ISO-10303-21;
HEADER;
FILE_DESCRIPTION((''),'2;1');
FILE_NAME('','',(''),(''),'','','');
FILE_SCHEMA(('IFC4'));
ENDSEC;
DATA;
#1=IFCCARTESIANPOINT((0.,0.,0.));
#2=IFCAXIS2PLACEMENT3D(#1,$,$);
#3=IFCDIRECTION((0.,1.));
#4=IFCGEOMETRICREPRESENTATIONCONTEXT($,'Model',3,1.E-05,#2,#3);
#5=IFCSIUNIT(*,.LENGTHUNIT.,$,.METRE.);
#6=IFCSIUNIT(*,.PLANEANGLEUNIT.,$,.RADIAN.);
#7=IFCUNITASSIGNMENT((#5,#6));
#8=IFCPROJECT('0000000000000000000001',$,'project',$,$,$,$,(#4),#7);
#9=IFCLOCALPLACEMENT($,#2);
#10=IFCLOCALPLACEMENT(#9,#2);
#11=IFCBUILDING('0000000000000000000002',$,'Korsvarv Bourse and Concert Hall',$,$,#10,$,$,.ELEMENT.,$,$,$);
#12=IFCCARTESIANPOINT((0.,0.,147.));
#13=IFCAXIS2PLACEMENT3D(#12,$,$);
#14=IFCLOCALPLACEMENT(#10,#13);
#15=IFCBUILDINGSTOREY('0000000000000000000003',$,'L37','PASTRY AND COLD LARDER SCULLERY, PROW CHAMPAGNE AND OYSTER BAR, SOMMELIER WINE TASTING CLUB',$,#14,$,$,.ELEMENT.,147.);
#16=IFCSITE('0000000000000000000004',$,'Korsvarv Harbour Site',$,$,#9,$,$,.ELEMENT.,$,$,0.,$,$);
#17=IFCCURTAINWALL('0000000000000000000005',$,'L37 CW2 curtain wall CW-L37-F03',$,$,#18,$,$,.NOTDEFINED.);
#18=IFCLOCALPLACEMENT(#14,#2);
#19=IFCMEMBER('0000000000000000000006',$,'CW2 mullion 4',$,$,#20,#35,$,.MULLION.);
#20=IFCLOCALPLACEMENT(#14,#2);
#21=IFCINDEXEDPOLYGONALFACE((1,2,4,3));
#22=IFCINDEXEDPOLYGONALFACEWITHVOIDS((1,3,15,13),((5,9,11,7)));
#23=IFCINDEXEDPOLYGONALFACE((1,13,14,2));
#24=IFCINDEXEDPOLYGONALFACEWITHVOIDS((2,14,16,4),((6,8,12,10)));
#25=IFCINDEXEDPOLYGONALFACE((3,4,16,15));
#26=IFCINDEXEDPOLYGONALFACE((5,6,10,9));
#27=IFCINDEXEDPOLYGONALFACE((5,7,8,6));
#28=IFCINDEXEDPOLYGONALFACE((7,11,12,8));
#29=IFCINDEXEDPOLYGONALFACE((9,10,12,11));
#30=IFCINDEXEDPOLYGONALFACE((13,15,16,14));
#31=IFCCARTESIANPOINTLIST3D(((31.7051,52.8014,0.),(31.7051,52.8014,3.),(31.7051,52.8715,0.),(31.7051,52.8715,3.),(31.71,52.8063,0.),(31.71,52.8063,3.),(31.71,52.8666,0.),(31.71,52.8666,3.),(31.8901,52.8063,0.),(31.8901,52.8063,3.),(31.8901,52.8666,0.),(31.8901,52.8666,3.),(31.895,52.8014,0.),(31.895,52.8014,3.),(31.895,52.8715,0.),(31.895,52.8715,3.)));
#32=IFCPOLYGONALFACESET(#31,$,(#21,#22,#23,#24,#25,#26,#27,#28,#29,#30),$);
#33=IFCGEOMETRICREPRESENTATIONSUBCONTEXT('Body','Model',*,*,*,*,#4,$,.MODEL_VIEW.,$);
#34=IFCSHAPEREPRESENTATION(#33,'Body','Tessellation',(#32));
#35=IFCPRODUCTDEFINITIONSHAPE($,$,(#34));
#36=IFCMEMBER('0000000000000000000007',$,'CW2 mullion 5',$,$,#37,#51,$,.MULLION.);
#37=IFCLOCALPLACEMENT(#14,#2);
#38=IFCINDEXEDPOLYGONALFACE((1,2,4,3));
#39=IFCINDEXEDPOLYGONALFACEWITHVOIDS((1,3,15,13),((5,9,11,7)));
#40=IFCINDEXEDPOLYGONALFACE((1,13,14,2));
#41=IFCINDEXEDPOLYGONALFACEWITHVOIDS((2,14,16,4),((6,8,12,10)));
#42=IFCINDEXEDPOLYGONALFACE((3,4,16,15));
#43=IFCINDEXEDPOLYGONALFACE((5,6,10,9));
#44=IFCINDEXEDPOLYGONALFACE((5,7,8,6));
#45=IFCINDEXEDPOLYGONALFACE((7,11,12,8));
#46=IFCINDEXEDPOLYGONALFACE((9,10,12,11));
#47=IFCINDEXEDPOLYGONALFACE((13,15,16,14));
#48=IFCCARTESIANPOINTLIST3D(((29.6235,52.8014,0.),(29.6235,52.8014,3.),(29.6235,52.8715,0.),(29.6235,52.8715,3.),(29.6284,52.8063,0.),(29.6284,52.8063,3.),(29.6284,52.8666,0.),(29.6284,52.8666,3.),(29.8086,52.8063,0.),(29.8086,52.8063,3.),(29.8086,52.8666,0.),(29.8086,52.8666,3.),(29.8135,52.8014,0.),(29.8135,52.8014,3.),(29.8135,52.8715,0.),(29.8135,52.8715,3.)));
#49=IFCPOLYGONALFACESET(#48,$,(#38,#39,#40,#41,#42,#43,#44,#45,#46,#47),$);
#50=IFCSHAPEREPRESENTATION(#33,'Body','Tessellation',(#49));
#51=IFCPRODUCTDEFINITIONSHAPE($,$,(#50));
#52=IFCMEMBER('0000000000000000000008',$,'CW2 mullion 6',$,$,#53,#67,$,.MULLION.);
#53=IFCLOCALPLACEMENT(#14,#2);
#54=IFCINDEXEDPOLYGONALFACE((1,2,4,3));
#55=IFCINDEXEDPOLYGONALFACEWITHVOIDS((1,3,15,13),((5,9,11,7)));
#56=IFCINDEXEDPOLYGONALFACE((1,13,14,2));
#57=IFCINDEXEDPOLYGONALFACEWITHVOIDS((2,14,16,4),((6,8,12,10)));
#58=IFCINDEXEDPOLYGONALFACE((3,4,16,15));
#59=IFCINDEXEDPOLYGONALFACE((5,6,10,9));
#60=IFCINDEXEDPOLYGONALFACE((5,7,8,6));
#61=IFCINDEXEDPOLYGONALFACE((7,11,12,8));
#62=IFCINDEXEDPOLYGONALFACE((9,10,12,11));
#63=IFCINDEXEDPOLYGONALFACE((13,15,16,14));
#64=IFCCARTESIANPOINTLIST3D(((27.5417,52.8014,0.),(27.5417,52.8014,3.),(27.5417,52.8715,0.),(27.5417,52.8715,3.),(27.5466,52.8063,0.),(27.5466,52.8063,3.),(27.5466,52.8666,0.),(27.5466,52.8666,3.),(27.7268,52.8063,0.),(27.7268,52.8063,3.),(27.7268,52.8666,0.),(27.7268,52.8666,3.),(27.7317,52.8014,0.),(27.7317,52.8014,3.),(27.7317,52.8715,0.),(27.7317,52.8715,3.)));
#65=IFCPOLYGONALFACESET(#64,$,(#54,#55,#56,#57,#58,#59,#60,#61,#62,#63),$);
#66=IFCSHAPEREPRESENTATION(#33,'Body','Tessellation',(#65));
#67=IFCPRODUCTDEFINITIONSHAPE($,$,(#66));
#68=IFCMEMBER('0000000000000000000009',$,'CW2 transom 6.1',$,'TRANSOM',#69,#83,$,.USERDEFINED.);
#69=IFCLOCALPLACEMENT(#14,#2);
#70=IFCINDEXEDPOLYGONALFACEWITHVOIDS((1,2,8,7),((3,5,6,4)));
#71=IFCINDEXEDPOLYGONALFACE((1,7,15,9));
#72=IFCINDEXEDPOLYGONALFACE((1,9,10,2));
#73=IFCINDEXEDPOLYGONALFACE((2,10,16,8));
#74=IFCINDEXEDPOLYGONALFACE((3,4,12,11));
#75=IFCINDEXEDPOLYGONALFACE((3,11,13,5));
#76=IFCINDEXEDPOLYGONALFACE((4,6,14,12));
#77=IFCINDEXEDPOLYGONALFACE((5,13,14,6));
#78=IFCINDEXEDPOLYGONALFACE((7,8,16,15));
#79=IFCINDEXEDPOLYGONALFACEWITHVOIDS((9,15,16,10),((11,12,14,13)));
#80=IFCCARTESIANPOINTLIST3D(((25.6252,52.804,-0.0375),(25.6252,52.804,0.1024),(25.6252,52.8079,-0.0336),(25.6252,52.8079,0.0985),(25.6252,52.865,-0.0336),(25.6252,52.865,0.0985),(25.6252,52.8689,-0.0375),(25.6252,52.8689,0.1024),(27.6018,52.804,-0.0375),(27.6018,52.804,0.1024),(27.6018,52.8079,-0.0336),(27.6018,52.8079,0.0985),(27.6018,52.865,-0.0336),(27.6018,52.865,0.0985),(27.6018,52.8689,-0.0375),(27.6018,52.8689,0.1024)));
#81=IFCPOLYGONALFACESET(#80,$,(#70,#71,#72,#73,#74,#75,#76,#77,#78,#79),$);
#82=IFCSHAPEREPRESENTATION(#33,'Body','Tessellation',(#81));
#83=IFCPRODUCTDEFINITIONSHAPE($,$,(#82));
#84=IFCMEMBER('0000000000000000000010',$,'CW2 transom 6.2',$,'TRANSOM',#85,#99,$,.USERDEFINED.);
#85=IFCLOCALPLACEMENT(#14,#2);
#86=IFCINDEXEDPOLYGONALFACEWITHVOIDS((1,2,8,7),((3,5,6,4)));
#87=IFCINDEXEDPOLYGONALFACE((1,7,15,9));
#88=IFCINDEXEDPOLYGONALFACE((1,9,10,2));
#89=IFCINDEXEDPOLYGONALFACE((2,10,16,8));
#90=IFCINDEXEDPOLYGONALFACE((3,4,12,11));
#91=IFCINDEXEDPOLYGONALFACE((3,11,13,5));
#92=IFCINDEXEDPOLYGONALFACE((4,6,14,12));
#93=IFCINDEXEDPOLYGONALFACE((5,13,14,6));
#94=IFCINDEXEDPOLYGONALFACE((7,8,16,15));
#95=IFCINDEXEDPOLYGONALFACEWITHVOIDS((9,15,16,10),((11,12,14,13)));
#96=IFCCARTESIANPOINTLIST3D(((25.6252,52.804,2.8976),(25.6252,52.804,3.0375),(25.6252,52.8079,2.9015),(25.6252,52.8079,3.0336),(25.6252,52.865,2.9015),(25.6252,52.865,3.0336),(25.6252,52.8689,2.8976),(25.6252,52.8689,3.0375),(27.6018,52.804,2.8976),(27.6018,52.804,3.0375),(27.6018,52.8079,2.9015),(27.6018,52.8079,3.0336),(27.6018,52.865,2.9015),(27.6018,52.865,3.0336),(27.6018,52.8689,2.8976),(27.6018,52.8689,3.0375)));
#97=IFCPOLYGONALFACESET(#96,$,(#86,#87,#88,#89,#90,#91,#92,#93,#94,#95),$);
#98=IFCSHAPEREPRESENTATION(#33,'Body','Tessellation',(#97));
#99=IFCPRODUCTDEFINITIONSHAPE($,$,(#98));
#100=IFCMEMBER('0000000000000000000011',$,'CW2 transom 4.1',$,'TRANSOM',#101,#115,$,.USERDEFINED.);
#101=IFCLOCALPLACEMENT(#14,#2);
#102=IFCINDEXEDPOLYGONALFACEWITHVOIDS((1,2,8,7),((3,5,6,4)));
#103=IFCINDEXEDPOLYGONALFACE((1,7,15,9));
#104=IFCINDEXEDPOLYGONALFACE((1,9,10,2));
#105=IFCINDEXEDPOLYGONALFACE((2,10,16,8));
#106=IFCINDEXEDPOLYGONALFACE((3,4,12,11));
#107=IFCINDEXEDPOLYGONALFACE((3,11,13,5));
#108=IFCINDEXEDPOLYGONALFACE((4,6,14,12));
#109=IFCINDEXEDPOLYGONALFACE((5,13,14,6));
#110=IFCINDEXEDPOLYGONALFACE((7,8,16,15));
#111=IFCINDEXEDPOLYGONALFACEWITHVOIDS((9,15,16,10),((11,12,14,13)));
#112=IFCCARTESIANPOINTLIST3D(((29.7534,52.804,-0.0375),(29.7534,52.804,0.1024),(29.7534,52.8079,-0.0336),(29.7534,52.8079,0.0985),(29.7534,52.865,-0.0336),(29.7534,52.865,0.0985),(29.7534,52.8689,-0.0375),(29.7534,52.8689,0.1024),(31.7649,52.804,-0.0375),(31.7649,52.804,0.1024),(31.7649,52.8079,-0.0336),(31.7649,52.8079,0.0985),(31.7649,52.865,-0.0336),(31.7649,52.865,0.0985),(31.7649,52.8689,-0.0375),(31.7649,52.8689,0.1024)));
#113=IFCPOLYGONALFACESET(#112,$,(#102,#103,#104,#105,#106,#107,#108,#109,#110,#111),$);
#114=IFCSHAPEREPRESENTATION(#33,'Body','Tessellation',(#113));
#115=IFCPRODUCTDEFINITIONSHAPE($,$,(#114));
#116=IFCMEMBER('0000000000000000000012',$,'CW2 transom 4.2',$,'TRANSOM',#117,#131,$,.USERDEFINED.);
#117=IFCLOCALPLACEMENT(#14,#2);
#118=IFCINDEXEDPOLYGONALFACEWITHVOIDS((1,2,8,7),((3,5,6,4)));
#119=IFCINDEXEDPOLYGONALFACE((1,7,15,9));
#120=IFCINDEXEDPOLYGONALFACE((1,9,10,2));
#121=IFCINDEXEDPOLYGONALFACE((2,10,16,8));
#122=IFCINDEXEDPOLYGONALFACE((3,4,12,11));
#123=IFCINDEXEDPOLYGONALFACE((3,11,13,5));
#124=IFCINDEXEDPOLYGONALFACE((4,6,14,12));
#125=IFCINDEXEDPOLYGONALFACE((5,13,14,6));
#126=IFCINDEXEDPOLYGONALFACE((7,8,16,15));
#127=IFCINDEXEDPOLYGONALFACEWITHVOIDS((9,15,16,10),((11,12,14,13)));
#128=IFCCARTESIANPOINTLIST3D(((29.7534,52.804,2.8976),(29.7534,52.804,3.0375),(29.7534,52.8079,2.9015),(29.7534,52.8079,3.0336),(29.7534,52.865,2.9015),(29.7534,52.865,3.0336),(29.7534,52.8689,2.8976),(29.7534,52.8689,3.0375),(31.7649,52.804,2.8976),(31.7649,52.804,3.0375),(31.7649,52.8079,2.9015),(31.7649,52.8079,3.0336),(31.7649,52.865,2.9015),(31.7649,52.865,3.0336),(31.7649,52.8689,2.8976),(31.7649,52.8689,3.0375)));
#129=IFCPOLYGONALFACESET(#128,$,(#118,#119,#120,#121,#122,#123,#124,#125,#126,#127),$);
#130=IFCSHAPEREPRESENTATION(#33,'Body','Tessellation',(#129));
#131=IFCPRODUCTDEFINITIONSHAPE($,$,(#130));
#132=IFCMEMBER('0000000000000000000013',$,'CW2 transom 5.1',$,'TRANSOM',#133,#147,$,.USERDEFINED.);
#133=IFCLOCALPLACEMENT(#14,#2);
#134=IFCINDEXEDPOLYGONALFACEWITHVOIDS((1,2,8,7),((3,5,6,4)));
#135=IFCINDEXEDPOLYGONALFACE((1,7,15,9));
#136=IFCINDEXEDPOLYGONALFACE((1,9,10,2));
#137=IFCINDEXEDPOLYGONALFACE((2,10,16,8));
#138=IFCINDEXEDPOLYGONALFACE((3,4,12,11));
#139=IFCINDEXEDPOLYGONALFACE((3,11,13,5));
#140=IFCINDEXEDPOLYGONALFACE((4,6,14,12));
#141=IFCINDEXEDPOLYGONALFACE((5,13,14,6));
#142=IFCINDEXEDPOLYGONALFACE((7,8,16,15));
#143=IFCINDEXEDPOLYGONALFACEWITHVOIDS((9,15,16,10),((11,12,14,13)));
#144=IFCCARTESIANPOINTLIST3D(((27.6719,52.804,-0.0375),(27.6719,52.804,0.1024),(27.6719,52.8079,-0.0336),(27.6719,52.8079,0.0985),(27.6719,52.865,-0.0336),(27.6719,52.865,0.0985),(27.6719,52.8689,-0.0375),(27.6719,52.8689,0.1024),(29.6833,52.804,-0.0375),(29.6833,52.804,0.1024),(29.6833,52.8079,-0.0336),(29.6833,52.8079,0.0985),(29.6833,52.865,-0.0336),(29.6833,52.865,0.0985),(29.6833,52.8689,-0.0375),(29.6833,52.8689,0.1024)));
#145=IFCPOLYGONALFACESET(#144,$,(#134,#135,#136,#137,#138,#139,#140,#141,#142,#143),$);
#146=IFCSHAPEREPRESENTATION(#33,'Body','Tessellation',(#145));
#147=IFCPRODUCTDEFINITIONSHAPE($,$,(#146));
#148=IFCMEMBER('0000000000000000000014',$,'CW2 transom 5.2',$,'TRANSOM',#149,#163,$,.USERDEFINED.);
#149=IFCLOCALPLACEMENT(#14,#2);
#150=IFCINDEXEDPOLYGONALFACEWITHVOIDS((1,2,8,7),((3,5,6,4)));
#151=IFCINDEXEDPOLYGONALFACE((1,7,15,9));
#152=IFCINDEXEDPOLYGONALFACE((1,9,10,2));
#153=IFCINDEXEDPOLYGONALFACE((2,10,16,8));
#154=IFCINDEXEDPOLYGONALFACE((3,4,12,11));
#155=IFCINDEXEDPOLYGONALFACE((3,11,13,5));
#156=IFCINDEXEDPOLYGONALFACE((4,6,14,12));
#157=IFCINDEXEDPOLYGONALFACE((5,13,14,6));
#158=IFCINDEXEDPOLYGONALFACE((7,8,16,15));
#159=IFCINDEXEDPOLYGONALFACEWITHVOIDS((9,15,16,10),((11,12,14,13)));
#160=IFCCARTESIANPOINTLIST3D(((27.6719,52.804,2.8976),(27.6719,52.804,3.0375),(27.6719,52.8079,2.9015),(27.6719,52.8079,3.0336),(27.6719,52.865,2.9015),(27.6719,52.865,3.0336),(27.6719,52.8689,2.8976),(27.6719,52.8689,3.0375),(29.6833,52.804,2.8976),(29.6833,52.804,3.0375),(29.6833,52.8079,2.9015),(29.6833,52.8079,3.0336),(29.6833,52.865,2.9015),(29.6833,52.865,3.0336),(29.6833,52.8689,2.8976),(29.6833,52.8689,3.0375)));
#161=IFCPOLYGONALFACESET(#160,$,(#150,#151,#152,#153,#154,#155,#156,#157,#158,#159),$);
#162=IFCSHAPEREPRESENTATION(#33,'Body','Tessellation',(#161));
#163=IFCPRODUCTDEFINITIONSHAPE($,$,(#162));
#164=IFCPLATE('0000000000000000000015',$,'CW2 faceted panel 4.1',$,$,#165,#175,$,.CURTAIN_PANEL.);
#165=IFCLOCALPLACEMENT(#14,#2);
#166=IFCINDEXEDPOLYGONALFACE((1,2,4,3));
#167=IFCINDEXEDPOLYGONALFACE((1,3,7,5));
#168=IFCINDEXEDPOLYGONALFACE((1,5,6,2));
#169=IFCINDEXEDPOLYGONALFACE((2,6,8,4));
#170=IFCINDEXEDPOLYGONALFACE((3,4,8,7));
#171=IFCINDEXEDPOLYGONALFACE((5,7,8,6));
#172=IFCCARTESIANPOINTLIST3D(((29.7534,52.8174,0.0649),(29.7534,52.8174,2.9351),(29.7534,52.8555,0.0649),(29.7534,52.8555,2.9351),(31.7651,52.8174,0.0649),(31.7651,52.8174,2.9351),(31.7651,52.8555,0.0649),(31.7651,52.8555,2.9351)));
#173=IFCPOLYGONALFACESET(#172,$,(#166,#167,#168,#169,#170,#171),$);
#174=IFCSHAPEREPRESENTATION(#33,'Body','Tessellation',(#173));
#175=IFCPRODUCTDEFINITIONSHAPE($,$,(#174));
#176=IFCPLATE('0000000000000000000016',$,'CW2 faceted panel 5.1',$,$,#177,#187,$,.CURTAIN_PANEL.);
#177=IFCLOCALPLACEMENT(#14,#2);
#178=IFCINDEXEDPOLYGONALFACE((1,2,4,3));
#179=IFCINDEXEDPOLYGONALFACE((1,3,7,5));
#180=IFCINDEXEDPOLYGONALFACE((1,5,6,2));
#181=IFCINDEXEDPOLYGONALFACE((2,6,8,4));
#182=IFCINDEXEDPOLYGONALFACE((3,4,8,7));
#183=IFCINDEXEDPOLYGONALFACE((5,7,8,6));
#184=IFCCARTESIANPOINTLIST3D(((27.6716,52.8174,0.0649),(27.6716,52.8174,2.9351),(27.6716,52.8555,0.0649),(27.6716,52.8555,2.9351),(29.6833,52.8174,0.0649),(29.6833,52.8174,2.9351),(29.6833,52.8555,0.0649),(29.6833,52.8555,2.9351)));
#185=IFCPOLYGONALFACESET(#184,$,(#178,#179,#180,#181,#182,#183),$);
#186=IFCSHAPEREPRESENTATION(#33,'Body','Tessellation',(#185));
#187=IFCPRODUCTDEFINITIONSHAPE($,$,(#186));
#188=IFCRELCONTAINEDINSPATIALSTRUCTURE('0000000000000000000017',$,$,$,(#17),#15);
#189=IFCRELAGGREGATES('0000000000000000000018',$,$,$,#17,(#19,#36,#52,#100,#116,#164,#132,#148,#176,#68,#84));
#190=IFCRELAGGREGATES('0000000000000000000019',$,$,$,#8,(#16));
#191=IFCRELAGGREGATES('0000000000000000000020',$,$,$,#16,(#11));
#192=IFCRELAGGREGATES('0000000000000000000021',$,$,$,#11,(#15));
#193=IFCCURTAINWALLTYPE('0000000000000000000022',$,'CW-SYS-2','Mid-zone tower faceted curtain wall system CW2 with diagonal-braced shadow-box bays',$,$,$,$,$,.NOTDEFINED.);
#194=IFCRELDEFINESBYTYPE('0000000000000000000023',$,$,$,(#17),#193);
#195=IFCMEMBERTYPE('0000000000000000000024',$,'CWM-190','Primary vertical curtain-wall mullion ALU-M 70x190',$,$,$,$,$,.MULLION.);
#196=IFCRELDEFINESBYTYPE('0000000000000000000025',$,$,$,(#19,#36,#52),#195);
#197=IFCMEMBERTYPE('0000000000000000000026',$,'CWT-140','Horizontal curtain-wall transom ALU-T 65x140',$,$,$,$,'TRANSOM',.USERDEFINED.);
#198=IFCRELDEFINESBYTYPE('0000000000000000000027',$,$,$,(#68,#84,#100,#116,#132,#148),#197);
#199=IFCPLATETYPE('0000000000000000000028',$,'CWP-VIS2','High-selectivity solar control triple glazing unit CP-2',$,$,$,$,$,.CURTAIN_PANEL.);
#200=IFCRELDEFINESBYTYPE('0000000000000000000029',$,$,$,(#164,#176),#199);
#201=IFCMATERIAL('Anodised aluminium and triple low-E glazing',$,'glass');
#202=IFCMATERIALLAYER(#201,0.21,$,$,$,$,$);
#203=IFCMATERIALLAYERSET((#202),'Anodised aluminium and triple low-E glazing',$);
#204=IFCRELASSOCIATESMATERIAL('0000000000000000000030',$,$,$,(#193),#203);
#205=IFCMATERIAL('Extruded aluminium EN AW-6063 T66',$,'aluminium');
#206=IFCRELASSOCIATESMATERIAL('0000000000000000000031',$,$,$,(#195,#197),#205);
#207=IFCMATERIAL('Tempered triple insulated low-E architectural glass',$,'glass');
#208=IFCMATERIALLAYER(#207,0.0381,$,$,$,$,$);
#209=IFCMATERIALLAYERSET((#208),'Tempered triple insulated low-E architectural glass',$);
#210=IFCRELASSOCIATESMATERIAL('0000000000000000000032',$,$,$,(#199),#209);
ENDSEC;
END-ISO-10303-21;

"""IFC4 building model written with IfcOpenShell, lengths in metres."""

from ifc_helpers import new_model, si_unit, direction, frame, origin, origin_2d, place, context, subcontext, project, spatial, rectangle, hollow_rectangle, extrude, source, transform, mapped, material, layer, layer_set, material_profile, profile_set, type_object, element, aggregate, save


model = new_model("IFC4")

# Units and contexts
model_context = context("Model", 3, precision=1e-05, world=origin(), true_north=direction((0.0, 1.0)))
body_context = subcontext(model_context, "Body", "Model", "MODEL_VIEW")
ifc_project = project(units=[si_unit("LENGTHUNIT", "METRE"), si_unit("PLANEANGLEUNIT", "RADIAN")], contexts=[model_context])

# Site, building, storey
site_placement = place(None, origin())
site = spatial("IfcSite", under=ifc_project, at=site_placement, Name="Korsvarv Harbour Site", CompositionType="ELEMENT", RefElevation=0.0)
building_placement = place(site_placement, origin())
building = spatial("IfcBuilding", under=site, at=building_placement, Name="Korsvarv Bourse and Concert Hall", CompositionType="ELEMENT")
storey_placement = place(building_placement, frame((0.0, 0.0, 147.0)))
storey = spatial("IfcBuildingStorey", under=building, at=storey_placement, Name="L37", Description="PASTRY AND COLD LARDER SCULLERY, PROW CHAMPAGNE AND OYSTER BAR, SOMMELIER WINE TASTING CLUB", CompositionType="ELEMENT", Elevation=147.0)

# Curtain wall, members, plates
ifc_material_1 = material(Name="Anodised aluminium and triple low-E glazing", Category="glass")
ifc_layer_1 = layer(ifc_material_1, 0.21)
ifc_layer_set_1 = layer_set([ifc_layer_1], Name="Anodised aluminium and triple low-E glazing")
curtain_wall_type = type_object("IfcCurtainWallType", Name="CW-SYS-2", Description="Mid-zone tower faceted curtain wall system CW2 with diagonal-braced shadow-box bays", PredefinedType="NOTDEFINED", material=ifc_layer_set_1)
curtain_wall_placement = place(storey_placement, origin())
curtain_wall = element("IfcCurtainWall", 1, at=curtain_wall_placement, inside=storey, type_object=curtain_wall_type, Name="L37 CW2 curtain wall CW-L37-F03", PredefinedType="NOTDEFINED")
ifc_material_2 = material(Name="Extruded aluminium EN AW-6063 T66", Category="aluminium")
ifc_material_profile_1 = material_profile(ifc_material_2, hollow_rectangle(XDim=0.0701, YDim=0.1899, WallThickness=0.0049, at=origin_2d()), Name="ALU-M 70x190")
ifc_profile_set_1 = profile_set([ifc_material_profile_1], Name="Extruded aluminium EN AW-6063 T66")
member_type_1 = type_object("IfcMemberType", Name="CWM-190", Description="Primary vertical curtain-wall mullion ALU-M 70x190", PredefinedType="MULLION", material=ifc_profile_set_1)
shared_shape_1 = source(origin(), body_context, "Body", "SweptSolid", [
    extrude(hollow_rectangle(XDim=0.0701, YDim=0.1899, WallThickness=0.0049, at=origin_2d()), origin(), (0.0, 0.0, 1.0), 3.0),
])
member_1_placement = place(storey_placement, frame((31.8, 52.8364, 0.0), z_axis=(0.0, 0.0, 1.0), x_axis=(0.0, -1.0, 0.0)))
member_1 = element("IfcMember", 2, at=member_1_placement, type_object=member_type_1, Name="CW2 mullion 4", PredefinedType="MULLION", context=body_context, shape_type="MappedRepresentation", body=[
    mapped(shared_shape_1, transform((0.0, 0.0, 0.0), scale=1.0)),
])
member_2_placement = place(storey_placement, frame((29.7185, 52.8364, 0.0), z_axis=(0.0, 0.0, 1.0), x_axis=(0.0, -1.0, 0.0)))
member_2 = element("IfcMember", 3, at=member_2_placement, type_object=member_type_1, Name="CW2 mullion 5", PredefinedType="MULLION", context=body_context, shape_type="MappedRepresentation", body=[
    mapped(shared_shape_1, transform((0.0, 0.0, 0.0), scale=1.0)),
])
member_3_placement = place(storey_placement, frame((27.6367, 52.8364, 0.0), z_axis=(0.0, 0.0, 1.0), x_axis=(0.0, -1.0, 0.0)))
member_3 = element("IfcMember", 4, at=member_3_placement, type_object=member_type_1, Name="CW2 mullion 6", PredefinedType="MULLION", context=body_context, shape_type="MappedRepresentation", body=[
    mapped(shared_shape_1, transform((0.0, 0.0, 0.0), scale=1.0)),
])
ifc_material_profile_2 = material_profile(ifc_material_2, hollow_rectangle(XDim=0.0649, YDim=0.1399, WallThickness=0.0039, at=origin_2d()), Name="ALU-T 65x140")
ifc_profile_set_2 = profile_set([ifc_material_profile_2], Name="Extruded aluminium EN AW-6063 T66")
member_type_2 = type_object("IfcMemberType", Name="CWT-140", Description="Horizontal curtain-wall transom ALU-T 65x140", ElementType="TRANSOM", PredefinedType="USERDEFINED", material=ifc_profile_set_2)
shared_shape_2 = source(origin(), body_context, "Body", "SweptSolid", [
    extrude(hollow_rectangle(XDim=0.0649, YDim=0.1399, WallThickness=0.0039, at=origin_2d()), origin(), (0.0, 0.0, 1.0), 1.9766),
])
member_4_placement = place(storey_placement, frame((27.6018, 52.8364, 0.0325), z_axis=(-1.0, 0.0, 0.0), x_axis=(0.0, -1.0, 0.0)))
member_4 = element("IfcMember", 5, at=member_4_placement, type_object=member_type_2, Name="CW2 transom 6.1", ObjectType="TRANSOM", PredefinedType="USERDEFINED", context=body_context, shape_type="MappedRepresentation", body=[
    mapped(shared_shape_2, transform((0.0, 0.0, 0.0), scale=1.0)),
])
member_5_placement = place(storey_placement, frame((27.6018, 52.8364, 2.9675), z_axis=(-1.0, 0.0, 0.0), x_axis=(0.0, -1.0, 0.0)))
member_5 = element("IfcMember", 6, at=member_5_placement, type_object=member_type_2, Name="CW2 transom 6.2", ObjectType="TRANSOM", PredefinedType="USERDEFINED", context=body_context, shape_type="MappedRepresentation", body=[
    mapped(shared_shape_2, transform((0.0, 0.0, 0.0), scale=1.0)),
])
shared_shape_3 = source(origin(), body_context, "Body", "SweptSolid", [
    extrude(hollow_rectangle(XDim=0.0649, YDim=0.1399, WallThickness=0.0039, at=origin_2d()), origin(), (0.0, 0.0, 1.0), 2.0115),
])
member_6_placement = place(storey_placement, frame((31.7649, 52.8364, 0.0325), z_axis=(-1.0, 0.0, 0.0), x_axis=(0.0, -1.0, 0.0)))
member_6 = element("IfcMember", 7, at=member_6_placement, type_object=member_type_2, Name="CW2 transom 4.1", ObjectType="TRANSOM", PredefinedType="USERDEFINED", context=body_context, shape_type="MappedRepresentation", body=[
    mapped(shared_shape_3, transform((0.0, 0.0, 0.0), scale=1.0)),
])
member_7_placement = place(storey_placement, frame((31.7649, 52.8364, 2.9675), z_axis=(-1.0, 0.0, 0.0), x_axis=(0.0, -1.0, 0.0)))
member_7 = element("IfcMember", 8, at=member_7_placement, type_object=member_type_2, Name="CW2 transom 4.2", ObjectType="TRANSOM", PredefinedType="USERDEFINED", context=body_context, shape_type="MappedRepresentation", body=[
    mapped(shared_shape_3, transform((0.0, 0.0, 0.0), scale=1.0)),
])
member_8_placement = place(storey_placement, frame((29.6833, 52.8364, 0.0325), z_axis=(-1.0, 0.0, 0.0), x_axis=(0.0, -1.0, 0.0)))
member_8 = element("IfcMember", 9, at=member_8_placement, type_object=member_type_2, Name="CW2 transom 5.1", ObjectType="TRANSOM", PredefinedType="USERDEFINED", context=body_context, shape_type="MappedRepresentation", body=[
    mapped(shared_shape_3, transform((0.0, 0.0, 0.0), scale=1.0)),
])
member_9_placement = place(storey_placement, frame((29.6833, 52.8364, 2.9675), z_axis=(-1.0, 0.0, 0.0), x_axis=(0.0, -1.0, 0.0)))
member_9 = element("IfcMember", 10, at=member_9_placement, type_object=member_type_2, Name="CW2 transom 5.2", ObjectType="TRANSOM", PredefinedType="USERDEFINED", context=body_context, shape_type="MappedRepresentation", body=[
    mapped(shared_shape_3, transform((0.0, 0.0, 0.0), scale=1.0)),
])
ifc_material_3 = material(Name="Tempered triple insulated low-E architectural glass", Category="glass")
ifc_layer_2 = layer(ifc_material_3, 0.0381)
ifc_layer_set_2 = layer_set([ifc_layer_2], Name="Tempered triple insulated low-E architectural glass")
plate_type = type_object("IfcPlateType", Name="CWP-VIS2", Description="High-selectivity solar control triple glazing unit CP-2", PredefinedType="CURTAIN_PANEL", material=ifc_layer_set_2)
shared_shape_4 = source(origin(), body_context, "Body", "SweptSolid", [
    extrude(rectangle(XDim=2.0117, YDim=0.0381, at=origin_2d()), origin(), (0.0, 0.0, 1.0), 2.8701),
])
plate_1_placement = place(storey_placement, frame((30.7593, 52.8364, 0.0649), z_axis=(0.0, 0.0, 1.0), x_axis=(-1.0, 0.0, 0.0)))
plate_1 = element("IfcPlate", 11, at=plate_1_placement, type_object=plate_type, Name="CW2 faceted panel 4.1", PredefinedType="CURTAIN_PANEL", context=body_context, shape_type="MappedRepresentation", body=[
    mapped(shared_shape_4, transform((0.0, 0.0, 0.0), scale=1.0)),
])
plate_2_placement = place(storey_placement, frame((28.6775, 52.8364, 0.0649), z_axis=(0.0, 0.0, 1.0), x_axis=(-1.0, 0.0, 0.0)))
plate_2 = element("IfcPlate", 12, at=plate_2_placement, type_object=plate_type, Name="CW2 faceted panel 5.1", PredefinedType="CURTAIN_PANEL", context=body_context, shape_type="MappedRepresentation", body=[
    mapped(shared_shape_4, transform((0.0, 0.0, 0.0), scale=1.0)),
])
aggregate(curtain_wall, [member_1, member_2, member_3, member_6, member_7, plate_1, member_8, member_9, plate_2, member_4, member_5])

save(model, "model.ifc")
